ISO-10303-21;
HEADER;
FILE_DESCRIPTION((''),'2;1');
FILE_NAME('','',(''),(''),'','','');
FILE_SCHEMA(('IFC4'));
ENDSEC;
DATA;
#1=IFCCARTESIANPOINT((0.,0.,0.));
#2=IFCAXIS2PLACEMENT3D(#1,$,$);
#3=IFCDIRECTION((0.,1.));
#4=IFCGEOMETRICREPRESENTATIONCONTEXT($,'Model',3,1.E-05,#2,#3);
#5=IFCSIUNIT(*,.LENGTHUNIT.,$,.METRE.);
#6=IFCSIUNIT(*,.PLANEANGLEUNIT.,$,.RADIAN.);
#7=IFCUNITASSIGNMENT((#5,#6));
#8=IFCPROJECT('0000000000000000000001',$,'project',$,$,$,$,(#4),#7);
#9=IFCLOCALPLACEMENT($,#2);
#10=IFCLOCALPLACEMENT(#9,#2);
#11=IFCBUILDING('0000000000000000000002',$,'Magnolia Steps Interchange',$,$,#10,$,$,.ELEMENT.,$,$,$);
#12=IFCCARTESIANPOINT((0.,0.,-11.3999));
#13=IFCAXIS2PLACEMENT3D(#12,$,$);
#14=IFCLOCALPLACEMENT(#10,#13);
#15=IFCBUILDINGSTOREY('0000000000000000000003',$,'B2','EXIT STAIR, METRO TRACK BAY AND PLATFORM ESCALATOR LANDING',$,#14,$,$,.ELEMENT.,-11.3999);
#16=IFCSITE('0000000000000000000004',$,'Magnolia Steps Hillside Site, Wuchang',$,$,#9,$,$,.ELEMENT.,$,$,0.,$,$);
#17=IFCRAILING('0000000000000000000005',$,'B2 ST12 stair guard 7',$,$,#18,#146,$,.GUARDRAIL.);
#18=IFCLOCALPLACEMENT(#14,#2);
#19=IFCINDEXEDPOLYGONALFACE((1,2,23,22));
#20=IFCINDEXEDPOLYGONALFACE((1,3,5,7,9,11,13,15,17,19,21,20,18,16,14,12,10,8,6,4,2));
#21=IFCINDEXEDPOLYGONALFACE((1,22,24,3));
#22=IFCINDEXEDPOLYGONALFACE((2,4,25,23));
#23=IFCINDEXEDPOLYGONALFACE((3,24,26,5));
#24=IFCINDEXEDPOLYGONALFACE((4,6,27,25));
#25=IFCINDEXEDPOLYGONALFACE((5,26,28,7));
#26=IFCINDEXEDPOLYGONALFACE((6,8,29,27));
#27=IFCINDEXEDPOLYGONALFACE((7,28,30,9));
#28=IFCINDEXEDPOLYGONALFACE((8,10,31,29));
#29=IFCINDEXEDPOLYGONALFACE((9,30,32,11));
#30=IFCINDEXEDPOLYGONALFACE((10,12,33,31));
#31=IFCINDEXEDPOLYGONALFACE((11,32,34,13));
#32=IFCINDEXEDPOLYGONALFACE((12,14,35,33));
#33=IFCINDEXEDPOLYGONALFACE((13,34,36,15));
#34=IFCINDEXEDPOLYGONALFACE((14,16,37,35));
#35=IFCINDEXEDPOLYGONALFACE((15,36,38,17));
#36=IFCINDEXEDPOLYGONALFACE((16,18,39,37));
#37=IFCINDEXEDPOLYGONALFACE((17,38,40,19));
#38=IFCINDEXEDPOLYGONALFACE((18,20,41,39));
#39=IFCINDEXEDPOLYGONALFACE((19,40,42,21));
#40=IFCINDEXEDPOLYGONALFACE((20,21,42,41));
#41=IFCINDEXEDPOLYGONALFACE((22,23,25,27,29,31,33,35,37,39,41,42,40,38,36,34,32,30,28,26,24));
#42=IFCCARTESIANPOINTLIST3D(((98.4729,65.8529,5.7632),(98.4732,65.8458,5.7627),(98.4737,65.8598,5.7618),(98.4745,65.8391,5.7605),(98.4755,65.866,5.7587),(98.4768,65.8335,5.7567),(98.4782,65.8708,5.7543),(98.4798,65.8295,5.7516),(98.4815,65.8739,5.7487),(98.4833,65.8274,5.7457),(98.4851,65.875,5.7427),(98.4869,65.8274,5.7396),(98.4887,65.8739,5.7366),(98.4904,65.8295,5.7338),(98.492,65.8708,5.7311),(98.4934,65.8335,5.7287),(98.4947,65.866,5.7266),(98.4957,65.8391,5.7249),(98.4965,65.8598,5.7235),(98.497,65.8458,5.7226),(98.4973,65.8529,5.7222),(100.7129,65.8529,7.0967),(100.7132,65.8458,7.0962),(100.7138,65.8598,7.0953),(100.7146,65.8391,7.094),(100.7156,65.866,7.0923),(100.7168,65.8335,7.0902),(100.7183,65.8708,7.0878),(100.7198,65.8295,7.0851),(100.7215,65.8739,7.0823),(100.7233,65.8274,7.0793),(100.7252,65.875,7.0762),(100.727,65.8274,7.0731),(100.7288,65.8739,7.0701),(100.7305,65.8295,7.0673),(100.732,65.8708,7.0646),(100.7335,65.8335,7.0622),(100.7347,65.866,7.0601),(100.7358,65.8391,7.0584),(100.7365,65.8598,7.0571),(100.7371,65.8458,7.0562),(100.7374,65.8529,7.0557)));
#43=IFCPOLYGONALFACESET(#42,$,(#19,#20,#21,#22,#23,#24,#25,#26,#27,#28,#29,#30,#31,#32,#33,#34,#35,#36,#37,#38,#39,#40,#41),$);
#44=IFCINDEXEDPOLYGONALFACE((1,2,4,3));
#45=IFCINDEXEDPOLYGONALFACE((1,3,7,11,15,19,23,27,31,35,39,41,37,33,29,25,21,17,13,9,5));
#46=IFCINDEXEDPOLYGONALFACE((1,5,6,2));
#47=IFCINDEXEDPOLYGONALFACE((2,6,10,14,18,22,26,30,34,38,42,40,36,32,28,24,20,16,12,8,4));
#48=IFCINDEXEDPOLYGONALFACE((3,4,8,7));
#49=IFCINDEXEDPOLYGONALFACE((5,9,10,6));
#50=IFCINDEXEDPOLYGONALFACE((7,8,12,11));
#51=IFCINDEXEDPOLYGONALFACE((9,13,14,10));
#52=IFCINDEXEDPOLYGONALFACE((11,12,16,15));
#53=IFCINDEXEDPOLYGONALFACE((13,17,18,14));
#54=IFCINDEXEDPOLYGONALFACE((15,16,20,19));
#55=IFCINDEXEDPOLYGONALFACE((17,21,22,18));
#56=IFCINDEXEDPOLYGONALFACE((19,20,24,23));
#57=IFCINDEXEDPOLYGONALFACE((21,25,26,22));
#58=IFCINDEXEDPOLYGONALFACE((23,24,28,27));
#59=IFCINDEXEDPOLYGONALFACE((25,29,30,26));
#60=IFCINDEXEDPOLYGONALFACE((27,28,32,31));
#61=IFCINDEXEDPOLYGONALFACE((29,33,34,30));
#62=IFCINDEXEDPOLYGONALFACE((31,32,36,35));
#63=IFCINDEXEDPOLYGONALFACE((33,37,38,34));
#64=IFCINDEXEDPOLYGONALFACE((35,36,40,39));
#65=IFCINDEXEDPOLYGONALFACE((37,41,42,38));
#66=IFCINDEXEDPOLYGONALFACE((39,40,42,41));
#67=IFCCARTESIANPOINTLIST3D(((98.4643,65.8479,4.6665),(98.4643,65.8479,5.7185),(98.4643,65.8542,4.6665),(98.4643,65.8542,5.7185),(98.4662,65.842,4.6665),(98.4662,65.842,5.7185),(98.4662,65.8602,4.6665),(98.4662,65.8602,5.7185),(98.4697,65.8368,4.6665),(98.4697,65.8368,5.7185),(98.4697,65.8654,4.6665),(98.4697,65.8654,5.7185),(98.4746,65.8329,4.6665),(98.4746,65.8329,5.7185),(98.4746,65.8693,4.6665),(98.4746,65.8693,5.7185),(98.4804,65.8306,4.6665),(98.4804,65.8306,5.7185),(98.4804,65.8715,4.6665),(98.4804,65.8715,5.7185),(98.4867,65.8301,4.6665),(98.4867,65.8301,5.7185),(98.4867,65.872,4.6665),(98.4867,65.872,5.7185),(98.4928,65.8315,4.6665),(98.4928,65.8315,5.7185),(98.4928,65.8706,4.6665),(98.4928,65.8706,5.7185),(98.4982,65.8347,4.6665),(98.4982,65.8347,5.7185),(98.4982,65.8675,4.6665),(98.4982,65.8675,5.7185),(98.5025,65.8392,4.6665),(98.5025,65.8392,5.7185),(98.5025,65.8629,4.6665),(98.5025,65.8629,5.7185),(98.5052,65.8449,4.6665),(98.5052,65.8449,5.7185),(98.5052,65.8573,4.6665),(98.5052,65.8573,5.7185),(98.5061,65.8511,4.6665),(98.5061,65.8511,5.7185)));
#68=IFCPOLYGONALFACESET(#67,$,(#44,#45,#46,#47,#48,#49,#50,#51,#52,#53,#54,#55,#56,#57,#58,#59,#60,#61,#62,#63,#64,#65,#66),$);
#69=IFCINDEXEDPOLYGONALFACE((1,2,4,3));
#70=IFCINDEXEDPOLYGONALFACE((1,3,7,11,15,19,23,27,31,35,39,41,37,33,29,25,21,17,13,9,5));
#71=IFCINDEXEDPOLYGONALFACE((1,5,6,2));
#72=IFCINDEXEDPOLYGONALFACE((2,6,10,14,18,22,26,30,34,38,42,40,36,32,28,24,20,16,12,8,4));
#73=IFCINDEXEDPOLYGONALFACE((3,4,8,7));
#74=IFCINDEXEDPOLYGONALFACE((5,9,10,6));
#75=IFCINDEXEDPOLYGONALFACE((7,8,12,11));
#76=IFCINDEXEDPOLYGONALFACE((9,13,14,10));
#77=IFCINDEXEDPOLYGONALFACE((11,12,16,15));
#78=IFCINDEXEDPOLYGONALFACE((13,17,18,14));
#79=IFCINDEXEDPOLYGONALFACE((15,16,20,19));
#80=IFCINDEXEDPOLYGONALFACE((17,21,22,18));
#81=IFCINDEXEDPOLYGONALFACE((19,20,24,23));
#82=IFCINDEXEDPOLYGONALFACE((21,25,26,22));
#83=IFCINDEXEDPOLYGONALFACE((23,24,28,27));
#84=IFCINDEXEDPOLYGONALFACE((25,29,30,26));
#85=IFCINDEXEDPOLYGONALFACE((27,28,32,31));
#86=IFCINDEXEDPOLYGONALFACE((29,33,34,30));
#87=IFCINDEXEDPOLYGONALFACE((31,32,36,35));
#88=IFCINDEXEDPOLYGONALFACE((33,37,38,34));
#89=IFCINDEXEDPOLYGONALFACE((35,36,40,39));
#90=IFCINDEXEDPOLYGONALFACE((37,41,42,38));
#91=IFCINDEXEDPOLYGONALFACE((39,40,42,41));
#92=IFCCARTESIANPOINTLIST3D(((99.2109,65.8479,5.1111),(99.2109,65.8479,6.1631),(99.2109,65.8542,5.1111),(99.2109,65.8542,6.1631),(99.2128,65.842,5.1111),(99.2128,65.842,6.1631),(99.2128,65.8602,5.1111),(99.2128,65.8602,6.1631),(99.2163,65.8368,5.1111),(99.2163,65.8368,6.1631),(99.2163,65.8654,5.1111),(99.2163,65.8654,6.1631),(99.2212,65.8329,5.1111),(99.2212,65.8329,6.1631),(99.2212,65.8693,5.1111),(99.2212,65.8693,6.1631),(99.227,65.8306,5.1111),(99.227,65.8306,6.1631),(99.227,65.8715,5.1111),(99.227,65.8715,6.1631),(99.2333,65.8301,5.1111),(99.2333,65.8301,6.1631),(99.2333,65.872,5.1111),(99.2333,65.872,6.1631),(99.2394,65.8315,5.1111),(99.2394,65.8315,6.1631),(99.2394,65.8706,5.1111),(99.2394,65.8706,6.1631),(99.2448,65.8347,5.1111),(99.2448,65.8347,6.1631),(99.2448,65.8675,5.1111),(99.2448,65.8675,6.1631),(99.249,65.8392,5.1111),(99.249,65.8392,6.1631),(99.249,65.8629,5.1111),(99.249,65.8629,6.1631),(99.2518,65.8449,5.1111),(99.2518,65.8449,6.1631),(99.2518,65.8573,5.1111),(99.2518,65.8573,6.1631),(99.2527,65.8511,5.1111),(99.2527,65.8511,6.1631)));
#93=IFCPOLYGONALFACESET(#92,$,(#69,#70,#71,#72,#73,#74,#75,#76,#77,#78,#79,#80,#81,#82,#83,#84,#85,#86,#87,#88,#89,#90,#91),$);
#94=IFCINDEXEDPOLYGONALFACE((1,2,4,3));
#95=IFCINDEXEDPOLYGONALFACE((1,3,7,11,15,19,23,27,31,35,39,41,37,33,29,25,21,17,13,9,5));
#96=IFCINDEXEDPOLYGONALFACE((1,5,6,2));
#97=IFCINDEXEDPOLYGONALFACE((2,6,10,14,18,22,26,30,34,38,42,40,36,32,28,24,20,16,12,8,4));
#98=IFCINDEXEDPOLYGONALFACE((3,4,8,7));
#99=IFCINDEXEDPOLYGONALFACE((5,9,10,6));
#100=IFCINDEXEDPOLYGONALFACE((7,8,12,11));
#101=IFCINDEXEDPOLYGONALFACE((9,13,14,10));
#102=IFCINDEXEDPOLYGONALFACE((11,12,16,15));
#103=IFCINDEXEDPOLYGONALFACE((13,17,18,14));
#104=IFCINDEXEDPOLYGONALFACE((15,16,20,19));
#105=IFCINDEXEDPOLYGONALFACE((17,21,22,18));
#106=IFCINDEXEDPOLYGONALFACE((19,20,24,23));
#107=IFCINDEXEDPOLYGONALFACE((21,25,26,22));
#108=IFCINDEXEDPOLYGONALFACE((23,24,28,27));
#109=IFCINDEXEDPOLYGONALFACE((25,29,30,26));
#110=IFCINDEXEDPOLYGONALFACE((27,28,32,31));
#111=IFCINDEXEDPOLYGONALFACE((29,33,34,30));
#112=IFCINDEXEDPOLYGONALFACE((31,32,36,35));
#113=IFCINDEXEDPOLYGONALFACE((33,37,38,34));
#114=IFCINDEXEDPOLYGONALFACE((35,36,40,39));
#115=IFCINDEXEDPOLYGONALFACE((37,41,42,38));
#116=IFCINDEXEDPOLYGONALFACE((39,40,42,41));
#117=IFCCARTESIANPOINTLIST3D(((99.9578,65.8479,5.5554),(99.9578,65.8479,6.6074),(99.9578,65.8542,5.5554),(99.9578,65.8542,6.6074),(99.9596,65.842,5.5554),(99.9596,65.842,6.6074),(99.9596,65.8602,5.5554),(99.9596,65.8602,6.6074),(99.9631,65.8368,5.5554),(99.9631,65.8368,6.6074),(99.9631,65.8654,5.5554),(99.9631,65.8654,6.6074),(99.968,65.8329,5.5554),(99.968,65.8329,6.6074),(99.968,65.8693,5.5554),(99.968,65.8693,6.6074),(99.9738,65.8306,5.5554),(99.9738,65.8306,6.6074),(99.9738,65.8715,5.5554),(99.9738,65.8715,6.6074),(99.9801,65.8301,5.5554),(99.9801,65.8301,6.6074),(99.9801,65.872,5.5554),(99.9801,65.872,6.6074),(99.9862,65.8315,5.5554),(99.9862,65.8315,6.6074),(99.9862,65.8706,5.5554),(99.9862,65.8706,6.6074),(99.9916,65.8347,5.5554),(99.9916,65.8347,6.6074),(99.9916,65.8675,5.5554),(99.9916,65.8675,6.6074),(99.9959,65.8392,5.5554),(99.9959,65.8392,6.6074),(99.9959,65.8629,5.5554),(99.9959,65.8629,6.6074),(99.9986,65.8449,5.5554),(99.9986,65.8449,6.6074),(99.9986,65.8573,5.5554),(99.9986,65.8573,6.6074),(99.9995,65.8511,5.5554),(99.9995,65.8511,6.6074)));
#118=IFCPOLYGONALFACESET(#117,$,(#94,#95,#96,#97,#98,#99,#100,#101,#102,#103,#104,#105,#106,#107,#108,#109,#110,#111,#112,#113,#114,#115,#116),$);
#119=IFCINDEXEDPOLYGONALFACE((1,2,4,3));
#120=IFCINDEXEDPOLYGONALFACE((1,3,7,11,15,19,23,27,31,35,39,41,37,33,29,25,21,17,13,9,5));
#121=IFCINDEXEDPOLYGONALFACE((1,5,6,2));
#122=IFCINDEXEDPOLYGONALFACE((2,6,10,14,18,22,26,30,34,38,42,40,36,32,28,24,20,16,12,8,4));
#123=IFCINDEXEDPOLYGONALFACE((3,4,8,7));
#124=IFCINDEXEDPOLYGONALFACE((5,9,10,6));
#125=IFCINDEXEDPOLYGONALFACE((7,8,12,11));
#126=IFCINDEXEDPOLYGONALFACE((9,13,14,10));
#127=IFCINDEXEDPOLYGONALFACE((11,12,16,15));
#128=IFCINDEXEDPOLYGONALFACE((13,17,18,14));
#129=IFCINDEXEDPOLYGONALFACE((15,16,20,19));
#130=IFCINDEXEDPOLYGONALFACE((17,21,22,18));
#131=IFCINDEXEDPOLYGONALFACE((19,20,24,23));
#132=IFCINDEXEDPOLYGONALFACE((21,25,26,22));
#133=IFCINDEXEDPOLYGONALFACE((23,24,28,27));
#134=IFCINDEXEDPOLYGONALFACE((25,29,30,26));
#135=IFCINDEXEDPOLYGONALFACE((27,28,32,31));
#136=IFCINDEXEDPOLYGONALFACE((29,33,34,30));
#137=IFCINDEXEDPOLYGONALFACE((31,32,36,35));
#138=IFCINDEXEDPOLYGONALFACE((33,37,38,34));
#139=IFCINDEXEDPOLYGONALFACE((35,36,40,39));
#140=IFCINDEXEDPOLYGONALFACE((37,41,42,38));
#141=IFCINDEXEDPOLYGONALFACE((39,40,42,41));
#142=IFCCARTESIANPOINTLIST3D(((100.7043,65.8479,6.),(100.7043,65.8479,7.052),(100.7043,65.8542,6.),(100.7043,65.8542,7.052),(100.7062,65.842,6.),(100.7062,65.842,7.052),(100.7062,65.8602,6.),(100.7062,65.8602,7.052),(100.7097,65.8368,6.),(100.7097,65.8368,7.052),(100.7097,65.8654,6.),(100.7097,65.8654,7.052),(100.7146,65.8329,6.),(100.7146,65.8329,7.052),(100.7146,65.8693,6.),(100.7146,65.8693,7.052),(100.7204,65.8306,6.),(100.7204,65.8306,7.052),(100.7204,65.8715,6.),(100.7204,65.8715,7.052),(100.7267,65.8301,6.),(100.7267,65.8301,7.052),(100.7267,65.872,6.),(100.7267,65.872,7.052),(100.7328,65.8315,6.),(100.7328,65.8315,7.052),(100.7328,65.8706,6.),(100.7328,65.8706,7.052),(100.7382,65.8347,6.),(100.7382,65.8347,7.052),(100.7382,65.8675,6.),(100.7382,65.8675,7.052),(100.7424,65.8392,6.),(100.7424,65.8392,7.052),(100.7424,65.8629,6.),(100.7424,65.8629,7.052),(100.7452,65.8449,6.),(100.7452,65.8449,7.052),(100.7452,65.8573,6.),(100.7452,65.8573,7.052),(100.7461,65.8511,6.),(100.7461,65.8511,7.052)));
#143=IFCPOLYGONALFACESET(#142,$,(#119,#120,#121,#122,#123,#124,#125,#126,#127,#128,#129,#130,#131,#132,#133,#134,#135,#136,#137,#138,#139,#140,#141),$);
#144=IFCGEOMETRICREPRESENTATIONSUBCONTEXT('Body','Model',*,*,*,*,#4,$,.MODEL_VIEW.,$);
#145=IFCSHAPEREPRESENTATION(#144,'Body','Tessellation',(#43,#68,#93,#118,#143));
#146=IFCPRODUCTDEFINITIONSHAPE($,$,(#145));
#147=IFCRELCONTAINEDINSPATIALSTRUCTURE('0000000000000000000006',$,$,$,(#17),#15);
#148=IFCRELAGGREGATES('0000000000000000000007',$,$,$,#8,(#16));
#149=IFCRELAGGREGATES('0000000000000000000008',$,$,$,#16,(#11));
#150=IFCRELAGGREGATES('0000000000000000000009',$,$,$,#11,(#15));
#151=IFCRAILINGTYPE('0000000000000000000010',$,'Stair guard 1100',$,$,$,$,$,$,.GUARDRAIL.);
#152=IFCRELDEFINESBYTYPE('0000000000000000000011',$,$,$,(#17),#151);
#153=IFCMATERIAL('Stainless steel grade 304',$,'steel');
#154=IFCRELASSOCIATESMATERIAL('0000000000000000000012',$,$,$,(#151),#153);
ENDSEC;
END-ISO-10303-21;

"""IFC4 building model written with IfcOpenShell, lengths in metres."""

from ifc_helpers import new_model, si_unit, direction, frame, origin, origin_2d, place, context, subcontext, project, spatial, circle, extrude, material, type_object, element, save


model = new_model("IFC4")

# Units and contexts
model_context = context("Model", 3, precision=1e-05, world=origin(), true_north=direction((0.0, 1.0)))
body_context = subcontext(model_context, "Body", "Model", "MODEL_VIEW")
ifc_project = project(units=[si_unit("LENGTHUNIT", "METRE"), si_unit("PLANEANGLEUNIT", "RADIAN")], contexts=[model_context])

# Site, building, storey
site_placement = place(None, origin())
site = spatial("IfcSite", under=ifc_project, at=site_placement, Name="Magnolia Steps Hillside Site, Wuchang", CompositionType="ELEMENT", RefElevation=0.0)
building_placement = place(site_placement, origin())
building = spatial("IfcBuilding", under=site, at=building_placement, Name="Magnolia Steps Interchange", CompositionType="ELEMENT")
storey_placement = place(building_placement, frame((0.0, 0.0, -11.3999)))
storey = spatial("IfcBuildingStorey", under=building, at=storey_placement, Name="B2", Description="EXIT STAIR, METRO TRACK BAY AND PLATFORM ESCALATOR LANDING", CompositionType="ELEMENT", Elevation=-11.3999)

# Railing
ifc_material_1 = material(Name="Stainless steel grade 304", Category="steel")
railing_type_1 = type_object("IfcRailingType", Name="Stair guard 1100", PredefinedType="GUARDRAIL", material=ifc_material_1)
railing_1_placement = place(storey_placement, frame((98.4851, 65.8511, 4.6665)))
element("IfcRailing", 1, at=railing_1_placement, inside=storey, type_object=railing_type_1, Name="B2 ST12 stair guard 7", PredefinedType="GUARDRAIL", context=body_context, shape_type="SweptSolid", body=[
    extrude(circle(Radius=0.0239, at=origin_2d()), frame((0.0, 0.0, 1.0762), z_axis=(0.859264, 0.0, 0.511532), x_axis=(0.0, 1.0, 0.0)), (0.0, 0.0, 1.0), 2.6069),
    extrude(circle(Radius=0.021, at=origin_2d()), origin(), (0.0, 0.0, 1.0), 1.052),
    extrude(circle(Radius=0.021, at=origin_2d()), frame((0.7466, 0.0, 0.4446)), (0.0, 0.0, 1.0), 1.052),
    extrude(circle(Radius=0.021, at=origin_2d()), frame((1.4934, 0.0, 0.8889)), (0.0, 0.0, 1.0), 1.052),
    extrude(circle(Radius=0.021, at=origin_2d()), frame((2.24, 0.0, 1.3335)), (0.0, 0.0, 1.0), 1.052),
])

save(model, "model.ifc")
